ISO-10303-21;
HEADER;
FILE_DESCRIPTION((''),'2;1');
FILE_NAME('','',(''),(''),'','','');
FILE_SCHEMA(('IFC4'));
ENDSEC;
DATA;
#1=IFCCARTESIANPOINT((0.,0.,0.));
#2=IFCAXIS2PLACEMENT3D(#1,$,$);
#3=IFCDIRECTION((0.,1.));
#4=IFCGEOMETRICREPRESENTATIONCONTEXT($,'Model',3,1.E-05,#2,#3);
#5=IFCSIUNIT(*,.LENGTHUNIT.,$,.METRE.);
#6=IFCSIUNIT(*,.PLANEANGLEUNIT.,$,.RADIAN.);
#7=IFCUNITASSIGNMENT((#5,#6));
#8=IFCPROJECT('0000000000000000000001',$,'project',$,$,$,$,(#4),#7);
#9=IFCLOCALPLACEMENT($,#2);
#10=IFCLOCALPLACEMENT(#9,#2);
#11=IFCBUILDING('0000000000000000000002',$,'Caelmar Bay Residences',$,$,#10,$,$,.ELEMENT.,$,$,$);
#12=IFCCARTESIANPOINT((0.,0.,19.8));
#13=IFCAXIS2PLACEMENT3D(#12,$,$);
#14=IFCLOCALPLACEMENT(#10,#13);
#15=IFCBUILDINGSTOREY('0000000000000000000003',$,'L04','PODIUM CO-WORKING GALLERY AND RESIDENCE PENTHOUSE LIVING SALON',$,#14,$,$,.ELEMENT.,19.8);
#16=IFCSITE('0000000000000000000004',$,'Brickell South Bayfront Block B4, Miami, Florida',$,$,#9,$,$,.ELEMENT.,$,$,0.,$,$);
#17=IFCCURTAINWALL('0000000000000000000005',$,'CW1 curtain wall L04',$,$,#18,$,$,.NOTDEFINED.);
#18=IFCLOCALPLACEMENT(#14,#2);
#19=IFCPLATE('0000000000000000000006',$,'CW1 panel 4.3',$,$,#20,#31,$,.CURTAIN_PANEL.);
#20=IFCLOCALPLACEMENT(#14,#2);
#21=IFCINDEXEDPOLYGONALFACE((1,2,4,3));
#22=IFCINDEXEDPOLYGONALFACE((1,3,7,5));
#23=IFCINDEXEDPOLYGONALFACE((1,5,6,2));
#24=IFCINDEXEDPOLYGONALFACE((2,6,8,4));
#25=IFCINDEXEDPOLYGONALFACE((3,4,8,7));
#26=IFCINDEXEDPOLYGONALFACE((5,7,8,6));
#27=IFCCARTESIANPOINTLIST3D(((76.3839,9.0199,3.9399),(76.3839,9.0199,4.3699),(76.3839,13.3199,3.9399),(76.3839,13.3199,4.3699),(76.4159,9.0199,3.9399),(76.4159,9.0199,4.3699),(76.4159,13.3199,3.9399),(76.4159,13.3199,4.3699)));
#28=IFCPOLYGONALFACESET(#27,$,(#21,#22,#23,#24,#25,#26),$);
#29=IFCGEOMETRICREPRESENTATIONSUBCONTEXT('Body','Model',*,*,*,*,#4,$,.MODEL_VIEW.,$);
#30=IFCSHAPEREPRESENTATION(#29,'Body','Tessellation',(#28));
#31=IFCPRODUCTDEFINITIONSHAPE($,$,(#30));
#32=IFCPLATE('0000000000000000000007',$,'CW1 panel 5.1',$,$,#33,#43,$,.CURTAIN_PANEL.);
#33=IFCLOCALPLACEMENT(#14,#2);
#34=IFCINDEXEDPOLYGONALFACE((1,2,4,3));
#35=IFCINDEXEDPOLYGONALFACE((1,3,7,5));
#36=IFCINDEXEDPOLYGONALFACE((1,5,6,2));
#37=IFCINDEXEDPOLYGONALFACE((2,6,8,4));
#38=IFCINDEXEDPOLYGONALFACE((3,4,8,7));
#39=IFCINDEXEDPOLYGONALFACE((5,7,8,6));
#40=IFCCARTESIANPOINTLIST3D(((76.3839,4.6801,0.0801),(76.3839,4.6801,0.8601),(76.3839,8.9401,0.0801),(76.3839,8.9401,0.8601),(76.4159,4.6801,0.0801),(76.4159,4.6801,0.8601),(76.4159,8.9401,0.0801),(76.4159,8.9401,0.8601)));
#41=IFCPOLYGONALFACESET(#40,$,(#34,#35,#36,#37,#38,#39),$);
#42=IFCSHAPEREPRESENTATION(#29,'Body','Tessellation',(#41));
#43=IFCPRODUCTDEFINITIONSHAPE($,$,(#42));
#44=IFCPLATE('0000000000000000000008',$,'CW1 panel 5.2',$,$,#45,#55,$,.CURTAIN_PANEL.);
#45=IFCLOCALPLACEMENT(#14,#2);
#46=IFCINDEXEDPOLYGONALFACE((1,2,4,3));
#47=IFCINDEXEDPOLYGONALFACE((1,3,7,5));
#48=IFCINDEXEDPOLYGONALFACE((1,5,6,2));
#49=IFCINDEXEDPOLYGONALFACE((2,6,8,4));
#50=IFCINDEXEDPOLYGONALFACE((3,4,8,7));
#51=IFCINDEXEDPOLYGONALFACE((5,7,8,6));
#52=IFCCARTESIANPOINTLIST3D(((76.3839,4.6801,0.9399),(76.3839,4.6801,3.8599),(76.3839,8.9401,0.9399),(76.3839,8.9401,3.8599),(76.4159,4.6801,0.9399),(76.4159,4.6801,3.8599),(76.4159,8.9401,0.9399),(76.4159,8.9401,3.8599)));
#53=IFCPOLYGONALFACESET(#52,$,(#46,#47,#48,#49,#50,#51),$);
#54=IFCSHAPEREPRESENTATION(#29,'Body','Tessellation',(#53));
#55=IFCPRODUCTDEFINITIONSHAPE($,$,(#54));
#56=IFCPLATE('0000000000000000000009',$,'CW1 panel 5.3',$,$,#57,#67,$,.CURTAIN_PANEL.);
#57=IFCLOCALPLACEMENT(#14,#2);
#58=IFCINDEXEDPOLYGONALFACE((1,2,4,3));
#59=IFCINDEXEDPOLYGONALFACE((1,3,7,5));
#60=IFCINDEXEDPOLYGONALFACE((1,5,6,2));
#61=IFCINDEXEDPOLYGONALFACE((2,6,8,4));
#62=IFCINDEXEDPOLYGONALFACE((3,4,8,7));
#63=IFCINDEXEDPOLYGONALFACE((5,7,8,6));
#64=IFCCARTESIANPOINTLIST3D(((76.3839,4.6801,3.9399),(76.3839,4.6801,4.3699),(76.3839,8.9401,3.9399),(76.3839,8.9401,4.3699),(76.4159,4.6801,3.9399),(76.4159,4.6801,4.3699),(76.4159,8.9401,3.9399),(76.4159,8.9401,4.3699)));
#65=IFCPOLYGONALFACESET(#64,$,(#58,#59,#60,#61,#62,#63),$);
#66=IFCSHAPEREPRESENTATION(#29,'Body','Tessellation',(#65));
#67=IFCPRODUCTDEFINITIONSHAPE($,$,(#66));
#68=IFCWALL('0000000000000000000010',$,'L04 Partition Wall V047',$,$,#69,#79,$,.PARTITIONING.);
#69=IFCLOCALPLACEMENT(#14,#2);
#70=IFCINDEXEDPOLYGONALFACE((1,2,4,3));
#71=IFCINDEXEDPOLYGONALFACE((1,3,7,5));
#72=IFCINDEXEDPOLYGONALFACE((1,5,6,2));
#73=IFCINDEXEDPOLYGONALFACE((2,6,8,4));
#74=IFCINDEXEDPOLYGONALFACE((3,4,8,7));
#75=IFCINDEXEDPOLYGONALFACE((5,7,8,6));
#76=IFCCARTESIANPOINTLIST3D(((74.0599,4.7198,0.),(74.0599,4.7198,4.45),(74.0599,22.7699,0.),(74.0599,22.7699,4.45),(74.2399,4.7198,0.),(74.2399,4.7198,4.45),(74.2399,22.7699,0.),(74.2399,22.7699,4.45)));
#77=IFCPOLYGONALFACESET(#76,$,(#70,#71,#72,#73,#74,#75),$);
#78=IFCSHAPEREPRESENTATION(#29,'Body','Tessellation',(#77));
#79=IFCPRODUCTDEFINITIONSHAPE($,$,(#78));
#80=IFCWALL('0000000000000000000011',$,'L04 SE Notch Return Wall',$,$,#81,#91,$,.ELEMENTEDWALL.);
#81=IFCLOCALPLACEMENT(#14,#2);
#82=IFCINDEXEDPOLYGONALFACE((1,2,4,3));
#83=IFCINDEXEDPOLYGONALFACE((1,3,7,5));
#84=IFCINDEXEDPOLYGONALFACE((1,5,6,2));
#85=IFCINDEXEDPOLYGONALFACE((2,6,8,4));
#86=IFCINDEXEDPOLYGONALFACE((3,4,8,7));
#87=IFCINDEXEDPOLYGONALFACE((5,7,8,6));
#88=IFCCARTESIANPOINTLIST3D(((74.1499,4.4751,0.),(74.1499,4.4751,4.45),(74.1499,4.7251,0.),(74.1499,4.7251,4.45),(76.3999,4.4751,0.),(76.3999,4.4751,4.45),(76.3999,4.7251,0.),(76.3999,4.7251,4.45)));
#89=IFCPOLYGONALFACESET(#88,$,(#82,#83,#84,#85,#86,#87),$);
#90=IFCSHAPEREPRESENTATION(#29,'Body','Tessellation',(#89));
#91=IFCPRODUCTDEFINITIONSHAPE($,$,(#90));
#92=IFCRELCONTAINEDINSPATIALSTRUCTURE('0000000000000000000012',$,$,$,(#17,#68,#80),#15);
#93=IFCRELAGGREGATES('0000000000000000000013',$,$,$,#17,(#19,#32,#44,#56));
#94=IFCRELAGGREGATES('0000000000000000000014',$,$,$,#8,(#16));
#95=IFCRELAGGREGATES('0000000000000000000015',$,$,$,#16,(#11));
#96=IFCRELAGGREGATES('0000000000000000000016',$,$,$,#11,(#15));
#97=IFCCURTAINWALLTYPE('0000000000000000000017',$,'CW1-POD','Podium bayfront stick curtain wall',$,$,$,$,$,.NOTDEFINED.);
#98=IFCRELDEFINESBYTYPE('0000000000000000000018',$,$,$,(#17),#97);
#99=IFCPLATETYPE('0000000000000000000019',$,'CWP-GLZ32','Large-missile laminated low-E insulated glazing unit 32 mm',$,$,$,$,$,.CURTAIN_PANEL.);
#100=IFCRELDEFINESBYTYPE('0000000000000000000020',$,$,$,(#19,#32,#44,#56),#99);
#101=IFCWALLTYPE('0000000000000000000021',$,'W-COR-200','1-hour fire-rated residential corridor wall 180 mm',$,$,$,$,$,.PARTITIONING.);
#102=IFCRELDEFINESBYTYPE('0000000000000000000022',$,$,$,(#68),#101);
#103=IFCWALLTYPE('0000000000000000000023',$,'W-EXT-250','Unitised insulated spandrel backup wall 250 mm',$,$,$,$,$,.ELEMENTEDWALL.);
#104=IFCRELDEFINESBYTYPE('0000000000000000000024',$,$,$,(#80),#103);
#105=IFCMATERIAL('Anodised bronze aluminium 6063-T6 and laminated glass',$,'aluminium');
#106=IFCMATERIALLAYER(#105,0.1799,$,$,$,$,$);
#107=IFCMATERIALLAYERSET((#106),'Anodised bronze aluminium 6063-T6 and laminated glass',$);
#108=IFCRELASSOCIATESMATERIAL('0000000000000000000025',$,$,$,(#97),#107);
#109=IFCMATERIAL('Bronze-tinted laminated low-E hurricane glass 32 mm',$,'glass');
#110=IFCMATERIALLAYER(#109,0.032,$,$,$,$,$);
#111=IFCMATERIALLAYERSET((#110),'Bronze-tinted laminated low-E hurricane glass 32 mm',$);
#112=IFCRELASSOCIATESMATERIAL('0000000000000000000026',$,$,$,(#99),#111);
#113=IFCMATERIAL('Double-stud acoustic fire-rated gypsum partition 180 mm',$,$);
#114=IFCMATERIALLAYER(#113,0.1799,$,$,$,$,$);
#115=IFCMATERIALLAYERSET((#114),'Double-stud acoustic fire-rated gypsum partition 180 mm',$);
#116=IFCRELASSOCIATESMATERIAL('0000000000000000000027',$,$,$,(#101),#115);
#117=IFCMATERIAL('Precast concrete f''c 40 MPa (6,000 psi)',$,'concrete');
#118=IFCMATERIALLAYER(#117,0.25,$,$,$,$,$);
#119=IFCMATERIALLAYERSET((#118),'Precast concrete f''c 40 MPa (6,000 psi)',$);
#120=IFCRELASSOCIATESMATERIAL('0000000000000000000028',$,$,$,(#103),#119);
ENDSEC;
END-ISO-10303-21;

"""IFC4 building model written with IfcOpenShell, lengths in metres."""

from ifc_helpers import new_model, si_unit, direction, frame, frame_2d, origin, origin_2d, place, context, subcontext, project, spatial, rectangle, extrude, material, layer, layer_set, type_object, element, aggregate, save


model = new_model("IFC4")

# Units and contexts
model_context = context("Model", 3, precision=1e-05, world=origin(), true_north=direction((0.0, 1.0)))
body_context = subcontext(model_context, "Body", "Model", "MODEL_VIEW")
ifc_project = project(units=[si_unit("LENGTHUNIT", "METRE"), si_unit("PLANEANGLEUNIT", "RADIAN")], contexts=[model_context])

# Site, building, storey
site_placement = place(None, origin())
site = spatial("IfcSite", under=ifc_project, at=site_placement, Name="Brickell South Bayfront Block B4, Miami, Florida", CompositionType="ELEMENT", RefElevation=0.0)
building_placement = place(site_placement, origin())
building = spatial("IfcBuilding", under=site, at=building_placement, Name="Caelmar Bay Residences", CompositionType="ELEMENT")
storey_placement = place(building_placement, frame((0.0, 0.0, 19.8)))
storey = spatial("IfcBuildingStorey", under=building, at=storey_placement, Name="L04", Description="PODIUM CO-WORKING GALLERY AND RESIDENCE PENTHOUSE LIVING SALON", CompositionType="ELEMENT", Elevation=19.8)

# Shared definitions
ifc_material_1 = material(Name="Anodised bronze aluminium 6063-T6 and laminated glass", Category="aluminium")

# Curtain wall, plates
ifc_layer_1 = layer(ifc_material_1, 0.1799)
ifc_layer_set_1 = layer_set([ifc_layer_1], Name="Anodised bronze aluminium 6063-T6 and laminated glass")
curtain_wall_type_1 = type_object("IfcCurtainWallType", Name="CW1-POD", Description="Podium bayfront stick curtain wall", PredefinedType="NOTDEFINED", material=ifc_layer_set_1)
curtain_wall_1_placement = place(storey_placement, origin())
curtain_wall_1 = element("IfcCurtainWall", 1, at=curtain_wall_1_placement, inside=storey, type_object=curtain_wall_type_1, Name="CW1 curtain wall L04", PredefinedType="NOTDEFINED")
ifc_material_2 = material(Name="Bronze-tinted laminated low-E hurricane glass 32 mm", Category="glass")
ifc_layer_2 = layer(ifc_material_2, 0.032)
ifc_layer_set_2 = layer_set([ifc_layer_2], Name="Bronze-tinted laminated low-E hurricane glass 32 mm")
plate_type = type_object("IfcPlateType", Name="CWP-GLZ32", Description="Large-missile laminated low-E insulated glazing unit 32 mm", PredefinedType="CURTAIN_PANEL", material=ifc_layer_set_2)
plate_1_placement = place(storey_placement, frame((76.3999, 11.1699, 3.9399), z_axis=(0.0, 0.0, 1.0), x_axis=(0.0, -1.0, 0.0)))
plate_1 = element("IfcPlate", 2, at=plate_1_placement, type_object=plate_type, Name="CW1 panel 4.3", PredefinedType="CURTAIN_PANEL", context=body_context, shape_type="SweptSolid", body=[
    extrude(rectangle(XDim=4.3, YDim=0.032, at=origin_2d()), origin(), (0.0, 0.0, 1.0), 0.4299),
])
plate_2_placement = place(storey_placement, frame((76.3999, 6.8101, 0.0801), z_axis=(0.0, 0.0, 1.0), x_axis=(0.0, -1.0, 0.0)))
plate_2 = element("IfcPlate", 3, at=plate_2_placement, type_object=plate_type, Name="CW1 panel 5.1", PredefinedType="CURTAIN_PANEL", context=body_context, shape_type="SweptSolid", body=[
    extrude(rectangle(XDim=4.26, YDim=0.032, at=origin_2d()), origin(), (0.0, 0.0, 1.0), 0.78),
])
plate_3_placement = place(storey_placement, frame((76.3999, 6.8101, 0.9399), z_axis=(0.0, 0.0, 1.0), x_axis=(0.0, -1.0, 0.0)))
plate_3 = element("IfcPlate", 4, at=plate_3_placement, type_object=plate_type, Name="CW1 panel 5.2", PredefinedType="CURTAIN_PANEL", context=body_context, shape_type="SweptSolid", body=[
    extrude(rectangle(XDim=4.26, YDim=0.032, at=origin_2d()), origin(), (0.0, 0.0, 1.0), 2.9199),
])
plate_4_placement = place(storey_placement, frame((76.3999, 6.8101, 3.9399), z_axis=(0.0, 0.0, 1.0), x_axis=(0.0, -1.0, 0.0)))
plate_4 = element("IfcPlate", 5, at=plate_4_placement, type_object=plate_type, Name="CW1 panel 5.3", PredefinedType="CURTAIN_PANEL", context=body_context, shape_type="SweptSolid", body=[
    extrude(rectangle(XDim=4.26, YDim=0.032, at=origin_2d()), origin(), (0.0, 0.0, 1.0), 0.4299),
])
aggregate(curtain_wall_1, [plate_1, plate_2, plate_3, plate_4])

# Walls
ifc_material_3 = material(Name="Double-stud acoustic fire-rated gypsum partition 180 mm")
ifc_layer_3 = layer(ifc_material_3, 0.1799)
ifc_layer_set_3 = layer_set([ifc_layer_3], Name="Double-stud acoustic fire-rated gypsum partition 180 mm")
wall_type_1 = type_object("IfcWallType", Name="W-COR-200", Description="1-hour fire-rated residential corridor wall 180 mm", PredefinedType="PARTITIONING", material=ifc_layer_set_3)
wall_1_placement = place(storey_placement, frame((74.1499, 4.72, 0.0), z_axis=(0.0, 0.0, 1.0), x_axis=(0.0, 1.0, 0.0)))
element("IfcWall", 6, at=wall_1_placement, inside=storey, type_object=wall_type_1, Name="L04 Partition Wall V047", PredefinedType="PARTITIONING", context=body_context, shape_type="SweptSolid", body=[
    extrude(rectangle(XDim=18.05, YDim=0.1799, at=frame_2d((9.0249, 0.0))), origin(), (0.0, 0.0, 1.0), 4.45),
])
ifc_material_4 = material(Name="Precast concrete f'c 40 MPa (6,000 psi)", Category="concrete")
ifc_layer_4 = layer(ifc_material_4, 0.25)
ifc_layer_set_4 = layer_set([ifc_layer_4], Name="Precast concrete f'c 40 MPa (6,000 psi)")
wall_type_2 = type_object("IfcWallType", Name="W-EXT-250", Description="Unitised insulated spandrel backup wall 250 mm", PredefinedType="ELEMENTEDWALL", material=ifc_layer_set_4)
wall_2_placement = place(storey_placement, frame((74.1499, 4.6001, 0.0), z_axis=(0.0, 0.0, 1.0), x_axis=(1.0, 0.0, 0.0)))
element("IfcWall", 7, at=wall_2_placement, inside=storey, type_object=wall_type_2, Name="L04 SE Notch Return Wall", PredefinedType="ELEMENTEDWALL", context=body_context, shape_type="SweptSolid", body=[
    extrude(rectangle(XDim=2.25, YDim=0.25, at=frame_2d((1.125, 0.0))), origin(), (0.0, 0.0, 1.0), 4.45),
])

save(model, "model.ifc")
